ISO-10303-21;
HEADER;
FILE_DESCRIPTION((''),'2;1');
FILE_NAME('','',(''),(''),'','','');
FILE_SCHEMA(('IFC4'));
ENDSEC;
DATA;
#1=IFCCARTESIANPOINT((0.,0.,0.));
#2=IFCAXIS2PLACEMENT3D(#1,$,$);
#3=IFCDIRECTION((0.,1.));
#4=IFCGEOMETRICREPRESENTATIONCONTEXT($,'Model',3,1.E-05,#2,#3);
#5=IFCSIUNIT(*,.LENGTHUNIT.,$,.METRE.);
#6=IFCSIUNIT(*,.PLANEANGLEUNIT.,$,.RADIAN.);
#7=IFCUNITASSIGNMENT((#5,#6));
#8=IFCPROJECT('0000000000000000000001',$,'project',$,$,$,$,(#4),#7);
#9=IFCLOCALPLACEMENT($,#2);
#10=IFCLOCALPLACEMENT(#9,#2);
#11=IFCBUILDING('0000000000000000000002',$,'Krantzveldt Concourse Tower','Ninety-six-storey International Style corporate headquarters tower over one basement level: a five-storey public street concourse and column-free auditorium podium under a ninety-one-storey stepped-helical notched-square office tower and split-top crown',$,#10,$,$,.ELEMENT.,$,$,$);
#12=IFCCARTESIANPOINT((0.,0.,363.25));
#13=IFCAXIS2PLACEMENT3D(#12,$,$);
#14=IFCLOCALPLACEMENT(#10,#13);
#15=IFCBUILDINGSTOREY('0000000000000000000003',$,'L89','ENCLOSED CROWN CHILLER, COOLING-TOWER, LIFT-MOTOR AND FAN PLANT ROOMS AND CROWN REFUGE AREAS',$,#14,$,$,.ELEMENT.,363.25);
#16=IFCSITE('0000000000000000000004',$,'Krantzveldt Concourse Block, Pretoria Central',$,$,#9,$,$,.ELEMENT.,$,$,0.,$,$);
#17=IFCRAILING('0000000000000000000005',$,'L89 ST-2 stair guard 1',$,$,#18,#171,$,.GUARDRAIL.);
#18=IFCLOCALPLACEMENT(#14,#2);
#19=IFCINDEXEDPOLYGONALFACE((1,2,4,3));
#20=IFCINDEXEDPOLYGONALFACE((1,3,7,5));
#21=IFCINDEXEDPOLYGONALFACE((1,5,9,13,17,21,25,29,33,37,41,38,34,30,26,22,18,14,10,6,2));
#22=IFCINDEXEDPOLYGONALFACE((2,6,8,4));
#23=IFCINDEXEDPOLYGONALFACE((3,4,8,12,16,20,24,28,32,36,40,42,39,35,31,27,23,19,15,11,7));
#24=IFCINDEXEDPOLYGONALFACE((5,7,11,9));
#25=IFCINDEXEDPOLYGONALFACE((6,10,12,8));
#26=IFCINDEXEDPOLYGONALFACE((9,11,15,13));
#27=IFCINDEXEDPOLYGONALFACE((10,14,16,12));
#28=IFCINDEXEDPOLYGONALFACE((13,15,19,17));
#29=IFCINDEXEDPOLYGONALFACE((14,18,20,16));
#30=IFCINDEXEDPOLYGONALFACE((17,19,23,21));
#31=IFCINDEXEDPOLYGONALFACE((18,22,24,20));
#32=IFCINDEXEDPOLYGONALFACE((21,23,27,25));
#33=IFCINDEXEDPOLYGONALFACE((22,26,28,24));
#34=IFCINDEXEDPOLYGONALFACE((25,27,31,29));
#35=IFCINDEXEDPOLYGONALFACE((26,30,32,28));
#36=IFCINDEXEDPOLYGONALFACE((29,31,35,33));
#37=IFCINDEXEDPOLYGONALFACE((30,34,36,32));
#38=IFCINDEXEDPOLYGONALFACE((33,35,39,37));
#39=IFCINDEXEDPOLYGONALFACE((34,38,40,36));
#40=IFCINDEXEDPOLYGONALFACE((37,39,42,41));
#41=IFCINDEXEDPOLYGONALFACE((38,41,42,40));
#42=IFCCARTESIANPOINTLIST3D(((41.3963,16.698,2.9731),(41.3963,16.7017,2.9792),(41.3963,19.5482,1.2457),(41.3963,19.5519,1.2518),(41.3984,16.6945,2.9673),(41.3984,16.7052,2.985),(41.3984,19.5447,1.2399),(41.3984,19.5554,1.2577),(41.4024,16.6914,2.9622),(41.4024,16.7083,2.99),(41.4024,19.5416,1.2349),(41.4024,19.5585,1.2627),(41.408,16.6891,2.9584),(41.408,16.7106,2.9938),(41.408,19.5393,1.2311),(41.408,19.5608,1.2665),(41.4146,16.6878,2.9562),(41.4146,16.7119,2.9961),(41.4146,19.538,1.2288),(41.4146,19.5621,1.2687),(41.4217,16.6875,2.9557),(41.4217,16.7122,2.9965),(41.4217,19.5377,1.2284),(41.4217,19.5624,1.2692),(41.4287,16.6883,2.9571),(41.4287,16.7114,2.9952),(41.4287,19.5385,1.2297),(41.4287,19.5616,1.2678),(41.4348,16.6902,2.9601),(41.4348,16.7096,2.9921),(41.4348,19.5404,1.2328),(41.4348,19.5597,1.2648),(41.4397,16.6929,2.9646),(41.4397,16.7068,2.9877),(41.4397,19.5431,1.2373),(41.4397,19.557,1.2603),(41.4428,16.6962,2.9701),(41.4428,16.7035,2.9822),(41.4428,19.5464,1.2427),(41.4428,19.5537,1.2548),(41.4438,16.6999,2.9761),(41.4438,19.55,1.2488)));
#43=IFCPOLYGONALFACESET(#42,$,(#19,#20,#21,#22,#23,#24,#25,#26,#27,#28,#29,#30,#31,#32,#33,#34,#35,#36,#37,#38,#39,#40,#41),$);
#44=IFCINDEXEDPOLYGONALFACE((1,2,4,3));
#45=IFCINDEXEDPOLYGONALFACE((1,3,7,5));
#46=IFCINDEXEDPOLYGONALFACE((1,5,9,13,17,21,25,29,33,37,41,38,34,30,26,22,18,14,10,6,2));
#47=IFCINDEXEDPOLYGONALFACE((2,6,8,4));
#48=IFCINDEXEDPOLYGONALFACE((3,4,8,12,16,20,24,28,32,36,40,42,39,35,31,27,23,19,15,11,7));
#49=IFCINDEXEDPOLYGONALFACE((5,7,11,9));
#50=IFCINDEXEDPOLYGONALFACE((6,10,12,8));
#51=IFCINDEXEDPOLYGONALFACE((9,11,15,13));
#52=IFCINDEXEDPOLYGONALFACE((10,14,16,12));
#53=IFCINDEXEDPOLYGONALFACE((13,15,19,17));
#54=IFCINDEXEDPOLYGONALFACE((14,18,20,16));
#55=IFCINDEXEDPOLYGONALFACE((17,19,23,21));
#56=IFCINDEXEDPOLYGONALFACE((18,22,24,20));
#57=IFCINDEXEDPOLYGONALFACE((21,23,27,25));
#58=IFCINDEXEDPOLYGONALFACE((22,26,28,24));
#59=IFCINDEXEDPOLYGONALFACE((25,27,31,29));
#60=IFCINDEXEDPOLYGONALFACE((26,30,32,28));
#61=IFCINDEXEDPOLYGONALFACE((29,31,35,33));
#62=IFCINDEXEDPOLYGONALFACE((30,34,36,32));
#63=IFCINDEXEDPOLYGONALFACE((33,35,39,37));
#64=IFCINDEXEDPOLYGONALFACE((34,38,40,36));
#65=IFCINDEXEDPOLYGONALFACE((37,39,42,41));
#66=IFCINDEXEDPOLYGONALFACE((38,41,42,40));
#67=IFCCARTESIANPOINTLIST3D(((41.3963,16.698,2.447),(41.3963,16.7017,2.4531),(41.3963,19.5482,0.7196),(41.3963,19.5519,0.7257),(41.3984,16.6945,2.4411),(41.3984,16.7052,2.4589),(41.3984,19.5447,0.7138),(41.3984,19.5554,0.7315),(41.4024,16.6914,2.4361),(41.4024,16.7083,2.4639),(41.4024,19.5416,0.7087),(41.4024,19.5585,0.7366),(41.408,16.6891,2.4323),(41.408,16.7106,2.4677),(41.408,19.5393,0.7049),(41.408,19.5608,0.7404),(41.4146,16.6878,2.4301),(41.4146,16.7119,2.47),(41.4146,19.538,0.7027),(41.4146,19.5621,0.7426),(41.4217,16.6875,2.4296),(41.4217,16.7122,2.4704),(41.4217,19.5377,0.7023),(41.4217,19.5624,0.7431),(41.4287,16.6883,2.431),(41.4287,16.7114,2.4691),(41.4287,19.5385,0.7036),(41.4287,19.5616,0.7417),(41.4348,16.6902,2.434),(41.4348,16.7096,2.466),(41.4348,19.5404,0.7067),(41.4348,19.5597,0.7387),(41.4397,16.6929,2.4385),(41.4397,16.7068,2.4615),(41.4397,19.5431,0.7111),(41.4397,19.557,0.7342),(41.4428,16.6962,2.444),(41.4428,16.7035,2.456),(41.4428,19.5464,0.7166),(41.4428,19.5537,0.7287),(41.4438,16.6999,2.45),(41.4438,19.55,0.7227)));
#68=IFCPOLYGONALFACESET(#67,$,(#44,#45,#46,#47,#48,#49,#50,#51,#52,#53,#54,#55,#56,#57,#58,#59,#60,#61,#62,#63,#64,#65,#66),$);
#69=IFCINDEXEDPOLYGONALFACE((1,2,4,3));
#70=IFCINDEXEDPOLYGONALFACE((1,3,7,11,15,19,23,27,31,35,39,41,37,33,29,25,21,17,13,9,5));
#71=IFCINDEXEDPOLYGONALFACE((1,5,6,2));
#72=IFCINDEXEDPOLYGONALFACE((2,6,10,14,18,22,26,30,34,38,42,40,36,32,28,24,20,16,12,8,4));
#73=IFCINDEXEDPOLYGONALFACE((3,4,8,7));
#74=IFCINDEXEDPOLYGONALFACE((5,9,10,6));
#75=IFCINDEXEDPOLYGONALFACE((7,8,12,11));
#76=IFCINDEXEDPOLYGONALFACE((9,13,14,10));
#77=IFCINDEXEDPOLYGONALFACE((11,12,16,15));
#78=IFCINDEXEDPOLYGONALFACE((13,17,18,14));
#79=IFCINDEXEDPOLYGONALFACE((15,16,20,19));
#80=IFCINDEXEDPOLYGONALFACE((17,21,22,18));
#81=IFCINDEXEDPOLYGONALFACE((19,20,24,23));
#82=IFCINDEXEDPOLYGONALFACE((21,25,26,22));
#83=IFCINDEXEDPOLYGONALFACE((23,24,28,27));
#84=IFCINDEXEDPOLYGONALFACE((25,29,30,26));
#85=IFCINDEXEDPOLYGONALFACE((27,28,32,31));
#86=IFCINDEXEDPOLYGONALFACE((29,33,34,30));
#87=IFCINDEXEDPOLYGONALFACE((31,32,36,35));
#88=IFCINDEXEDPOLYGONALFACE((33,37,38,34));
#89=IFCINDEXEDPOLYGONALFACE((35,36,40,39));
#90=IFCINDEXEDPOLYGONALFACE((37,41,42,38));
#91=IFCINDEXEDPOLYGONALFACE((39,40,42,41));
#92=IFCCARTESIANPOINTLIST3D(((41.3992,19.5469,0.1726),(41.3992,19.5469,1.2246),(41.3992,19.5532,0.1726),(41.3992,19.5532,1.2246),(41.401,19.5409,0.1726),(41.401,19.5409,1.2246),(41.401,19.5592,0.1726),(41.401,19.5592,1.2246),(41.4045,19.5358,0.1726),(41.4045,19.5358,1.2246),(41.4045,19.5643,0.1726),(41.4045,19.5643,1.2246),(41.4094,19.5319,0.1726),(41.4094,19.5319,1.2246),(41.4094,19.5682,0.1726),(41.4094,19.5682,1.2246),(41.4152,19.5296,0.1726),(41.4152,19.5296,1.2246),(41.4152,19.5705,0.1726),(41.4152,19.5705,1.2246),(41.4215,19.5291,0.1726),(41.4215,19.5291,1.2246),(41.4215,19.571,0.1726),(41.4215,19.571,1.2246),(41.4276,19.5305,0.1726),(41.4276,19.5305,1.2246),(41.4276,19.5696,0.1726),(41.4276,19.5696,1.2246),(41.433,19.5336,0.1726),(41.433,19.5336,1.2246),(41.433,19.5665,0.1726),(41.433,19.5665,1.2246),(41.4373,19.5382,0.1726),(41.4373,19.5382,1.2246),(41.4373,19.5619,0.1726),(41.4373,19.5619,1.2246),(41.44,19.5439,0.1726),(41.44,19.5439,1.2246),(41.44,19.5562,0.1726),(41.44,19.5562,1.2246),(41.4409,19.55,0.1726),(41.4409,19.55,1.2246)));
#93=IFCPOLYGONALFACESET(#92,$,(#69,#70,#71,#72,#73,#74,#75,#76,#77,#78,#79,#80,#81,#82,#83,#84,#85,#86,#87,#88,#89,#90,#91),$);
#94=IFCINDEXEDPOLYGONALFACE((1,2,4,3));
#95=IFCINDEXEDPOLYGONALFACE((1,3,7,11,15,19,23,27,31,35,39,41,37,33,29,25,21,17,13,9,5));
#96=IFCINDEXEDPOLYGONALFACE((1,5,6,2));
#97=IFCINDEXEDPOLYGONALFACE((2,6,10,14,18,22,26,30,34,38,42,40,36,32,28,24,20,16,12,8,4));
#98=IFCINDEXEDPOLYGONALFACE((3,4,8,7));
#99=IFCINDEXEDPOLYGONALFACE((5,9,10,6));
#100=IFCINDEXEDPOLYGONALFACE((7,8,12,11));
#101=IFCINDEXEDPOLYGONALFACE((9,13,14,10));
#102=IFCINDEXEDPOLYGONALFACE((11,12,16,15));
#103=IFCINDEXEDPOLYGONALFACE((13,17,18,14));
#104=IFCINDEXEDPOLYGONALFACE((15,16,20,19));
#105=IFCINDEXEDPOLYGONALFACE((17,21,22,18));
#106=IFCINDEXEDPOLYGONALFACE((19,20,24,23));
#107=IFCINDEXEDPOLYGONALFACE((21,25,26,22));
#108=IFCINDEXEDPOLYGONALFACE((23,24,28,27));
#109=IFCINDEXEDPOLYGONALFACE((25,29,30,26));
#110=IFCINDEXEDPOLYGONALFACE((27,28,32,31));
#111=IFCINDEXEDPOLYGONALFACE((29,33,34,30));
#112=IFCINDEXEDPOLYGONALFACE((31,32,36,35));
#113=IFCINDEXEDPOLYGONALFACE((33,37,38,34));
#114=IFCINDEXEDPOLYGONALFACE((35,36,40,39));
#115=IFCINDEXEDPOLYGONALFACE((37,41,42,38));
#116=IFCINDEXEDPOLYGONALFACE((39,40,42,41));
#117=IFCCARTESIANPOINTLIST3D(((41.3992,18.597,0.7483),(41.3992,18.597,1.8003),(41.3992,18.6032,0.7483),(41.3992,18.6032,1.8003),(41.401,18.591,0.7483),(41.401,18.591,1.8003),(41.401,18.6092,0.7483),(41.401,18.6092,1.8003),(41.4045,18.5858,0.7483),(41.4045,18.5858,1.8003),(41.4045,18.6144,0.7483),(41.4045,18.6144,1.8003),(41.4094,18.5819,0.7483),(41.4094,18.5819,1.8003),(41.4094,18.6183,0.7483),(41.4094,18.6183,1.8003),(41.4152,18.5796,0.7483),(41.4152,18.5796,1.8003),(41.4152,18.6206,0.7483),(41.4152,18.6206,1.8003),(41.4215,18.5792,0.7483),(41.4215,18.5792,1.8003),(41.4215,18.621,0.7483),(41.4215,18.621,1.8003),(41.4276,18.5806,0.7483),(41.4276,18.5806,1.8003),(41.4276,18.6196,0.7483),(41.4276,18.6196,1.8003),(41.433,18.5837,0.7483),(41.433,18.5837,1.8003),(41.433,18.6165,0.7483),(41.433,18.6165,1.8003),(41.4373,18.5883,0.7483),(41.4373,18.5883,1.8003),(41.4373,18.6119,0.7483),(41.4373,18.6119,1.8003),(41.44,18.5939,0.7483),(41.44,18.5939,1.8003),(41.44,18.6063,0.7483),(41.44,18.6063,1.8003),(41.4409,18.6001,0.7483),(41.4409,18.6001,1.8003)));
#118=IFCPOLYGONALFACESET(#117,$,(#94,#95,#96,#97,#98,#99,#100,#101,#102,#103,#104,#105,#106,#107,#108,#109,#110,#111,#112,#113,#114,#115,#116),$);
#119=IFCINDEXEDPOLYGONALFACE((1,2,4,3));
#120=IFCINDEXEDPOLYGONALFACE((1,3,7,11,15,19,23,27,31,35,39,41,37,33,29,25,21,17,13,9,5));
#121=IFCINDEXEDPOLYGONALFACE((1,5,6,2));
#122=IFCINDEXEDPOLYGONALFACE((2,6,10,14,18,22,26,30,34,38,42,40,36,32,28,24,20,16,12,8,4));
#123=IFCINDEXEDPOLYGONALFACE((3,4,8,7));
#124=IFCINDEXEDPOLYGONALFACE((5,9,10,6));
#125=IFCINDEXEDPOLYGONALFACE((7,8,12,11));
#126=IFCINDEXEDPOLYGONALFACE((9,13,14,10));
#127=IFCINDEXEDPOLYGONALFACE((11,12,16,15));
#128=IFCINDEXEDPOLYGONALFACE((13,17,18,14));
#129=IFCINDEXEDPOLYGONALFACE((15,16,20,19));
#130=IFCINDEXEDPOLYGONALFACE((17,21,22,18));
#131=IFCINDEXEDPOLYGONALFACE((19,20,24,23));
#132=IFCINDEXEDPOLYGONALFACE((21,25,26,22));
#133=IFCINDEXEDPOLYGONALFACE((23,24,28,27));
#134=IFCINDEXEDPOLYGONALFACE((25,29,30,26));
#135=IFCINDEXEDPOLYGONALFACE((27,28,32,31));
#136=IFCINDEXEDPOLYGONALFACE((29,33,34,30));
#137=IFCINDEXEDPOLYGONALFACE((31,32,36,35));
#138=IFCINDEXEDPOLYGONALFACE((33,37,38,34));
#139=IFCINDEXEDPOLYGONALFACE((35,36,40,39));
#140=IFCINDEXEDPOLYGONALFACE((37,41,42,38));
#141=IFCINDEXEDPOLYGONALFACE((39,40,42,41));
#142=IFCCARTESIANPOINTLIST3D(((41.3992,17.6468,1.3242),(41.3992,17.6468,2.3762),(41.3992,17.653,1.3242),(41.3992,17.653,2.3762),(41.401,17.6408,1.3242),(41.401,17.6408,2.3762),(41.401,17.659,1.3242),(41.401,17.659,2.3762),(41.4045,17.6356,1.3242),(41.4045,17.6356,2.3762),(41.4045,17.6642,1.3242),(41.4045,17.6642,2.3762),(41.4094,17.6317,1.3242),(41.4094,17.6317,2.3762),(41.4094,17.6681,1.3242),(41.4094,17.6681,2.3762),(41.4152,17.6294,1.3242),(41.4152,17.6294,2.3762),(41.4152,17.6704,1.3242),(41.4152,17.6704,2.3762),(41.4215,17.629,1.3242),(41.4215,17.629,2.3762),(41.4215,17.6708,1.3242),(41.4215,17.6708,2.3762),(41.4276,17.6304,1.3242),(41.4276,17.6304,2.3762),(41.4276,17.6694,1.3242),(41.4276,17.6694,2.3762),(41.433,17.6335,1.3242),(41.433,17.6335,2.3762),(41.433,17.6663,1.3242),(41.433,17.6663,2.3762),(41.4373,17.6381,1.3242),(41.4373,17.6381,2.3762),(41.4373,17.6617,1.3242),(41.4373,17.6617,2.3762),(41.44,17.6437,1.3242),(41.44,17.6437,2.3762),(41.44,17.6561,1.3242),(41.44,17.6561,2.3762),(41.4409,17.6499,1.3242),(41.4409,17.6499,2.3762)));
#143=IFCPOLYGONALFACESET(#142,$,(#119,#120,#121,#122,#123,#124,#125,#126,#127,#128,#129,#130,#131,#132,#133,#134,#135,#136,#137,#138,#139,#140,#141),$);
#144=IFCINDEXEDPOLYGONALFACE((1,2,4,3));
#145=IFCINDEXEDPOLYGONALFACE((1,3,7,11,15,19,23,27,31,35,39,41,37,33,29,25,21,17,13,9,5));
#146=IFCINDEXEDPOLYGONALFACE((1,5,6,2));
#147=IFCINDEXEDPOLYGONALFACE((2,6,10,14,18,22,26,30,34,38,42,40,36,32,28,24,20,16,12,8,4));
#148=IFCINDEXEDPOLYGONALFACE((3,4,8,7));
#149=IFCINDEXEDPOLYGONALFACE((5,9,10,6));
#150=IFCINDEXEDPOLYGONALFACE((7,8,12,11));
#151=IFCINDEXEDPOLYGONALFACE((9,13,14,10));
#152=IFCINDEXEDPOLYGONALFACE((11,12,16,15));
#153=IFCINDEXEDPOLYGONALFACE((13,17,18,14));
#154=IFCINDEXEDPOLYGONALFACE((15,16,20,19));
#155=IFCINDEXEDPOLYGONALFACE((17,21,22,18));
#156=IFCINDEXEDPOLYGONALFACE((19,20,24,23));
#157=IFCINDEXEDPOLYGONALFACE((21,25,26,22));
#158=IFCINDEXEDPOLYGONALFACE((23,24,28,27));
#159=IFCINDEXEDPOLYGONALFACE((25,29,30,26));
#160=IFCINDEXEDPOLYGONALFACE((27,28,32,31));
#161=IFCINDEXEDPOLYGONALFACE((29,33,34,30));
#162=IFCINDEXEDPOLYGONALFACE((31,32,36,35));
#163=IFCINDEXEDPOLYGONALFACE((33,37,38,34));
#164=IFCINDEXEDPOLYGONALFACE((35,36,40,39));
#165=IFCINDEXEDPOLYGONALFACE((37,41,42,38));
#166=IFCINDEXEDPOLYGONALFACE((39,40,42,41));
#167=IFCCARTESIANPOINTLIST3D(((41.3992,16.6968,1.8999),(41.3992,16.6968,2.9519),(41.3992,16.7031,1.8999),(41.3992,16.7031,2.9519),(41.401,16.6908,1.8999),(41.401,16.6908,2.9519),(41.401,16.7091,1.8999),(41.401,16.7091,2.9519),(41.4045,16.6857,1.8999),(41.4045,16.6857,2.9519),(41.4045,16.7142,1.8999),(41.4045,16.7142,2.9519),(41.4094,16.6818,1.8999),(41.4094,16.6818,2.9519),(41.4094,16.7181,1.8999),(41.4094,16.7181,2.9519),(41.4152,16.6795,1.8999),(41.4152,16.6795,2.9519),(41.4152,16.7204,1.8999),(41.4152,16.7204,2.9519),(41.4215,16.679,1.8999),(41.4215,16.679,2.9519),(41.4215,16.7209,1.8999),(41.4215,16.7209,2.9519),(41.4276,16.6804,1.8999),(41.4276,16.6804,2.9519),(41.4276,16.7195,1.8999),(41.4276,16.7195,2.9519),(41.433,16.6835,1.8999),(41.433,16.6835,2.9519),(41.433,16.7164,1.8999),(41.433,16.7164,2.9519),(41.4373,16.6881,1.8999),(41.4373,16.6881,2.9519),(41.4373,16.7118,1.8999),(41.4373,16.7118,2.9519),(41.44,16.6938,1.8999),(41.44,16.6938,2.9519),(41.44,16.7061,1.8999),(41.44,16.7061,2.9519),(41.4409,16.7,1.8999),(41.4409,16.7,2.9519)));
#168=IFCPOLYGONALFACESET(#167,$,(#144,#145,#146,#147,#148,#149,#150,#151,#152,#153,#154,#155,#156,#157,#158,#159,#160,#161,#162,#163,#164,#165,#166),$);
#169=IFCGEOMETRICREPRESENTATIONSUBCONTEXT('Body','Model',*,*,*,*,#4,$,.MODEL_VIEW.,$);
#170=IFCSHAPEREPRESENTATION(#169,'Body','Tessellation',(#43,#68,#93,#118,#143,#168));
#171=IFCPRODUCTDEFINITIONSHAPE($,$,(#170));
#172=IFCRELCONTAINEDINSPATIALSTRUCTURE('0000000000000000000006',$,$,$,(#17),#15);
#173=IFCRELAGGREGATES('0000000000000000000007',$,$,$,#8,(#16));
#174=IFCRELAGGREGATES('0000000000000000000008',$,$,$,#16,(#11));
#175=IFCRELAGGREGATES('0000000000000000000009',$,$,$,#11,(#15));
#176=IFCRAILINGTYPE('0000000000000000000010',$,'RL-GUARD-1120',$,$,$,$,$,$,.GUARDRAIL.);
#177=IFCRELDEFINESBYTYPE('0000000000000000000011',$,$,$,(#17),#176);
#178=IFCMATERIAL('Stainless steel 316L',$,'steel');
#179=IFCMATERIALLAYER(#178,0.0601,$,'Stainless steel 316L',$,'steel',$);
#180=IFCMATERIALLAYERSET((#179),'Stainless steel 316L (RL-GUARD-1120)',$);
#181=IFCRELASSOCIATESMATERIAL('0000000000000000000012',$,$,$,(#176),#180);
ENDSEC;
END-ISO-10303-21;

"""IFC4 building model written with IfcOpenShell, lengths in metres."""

from ifc_helpers import new_model, si_unit, direction, frame, origin, origin_2d, place, context, subcontext, project, spatial, circle, extrude, material, layer, layer_set, type_object, element, save


model = new_model("IFC4")

# Units and contexts
model_context = context("Model", 3, precision=1e-05, world=origin(), true_north=direction((0.0, 1.0)))
body_context = subcontext(model_context, "Body", "Model", "MODEL_VIEW")
ifc_project = project(units=[si_unit("LENGTHUNIT", "METRE"), si_unit("PLANEANGLEUNIT", "RADIAN")], contexts=[model_context])

# Site, building, storey
site_placement = place(None, origin())
site = spatial("IfcSite", under=ifc_project, at=site_placement, Name="Krantzveldt Concourse Block, Pretoria Central", CompositionType="ELEMENT", RefElevation=0.0)
building_placement = place(site_placement, origin())
building = spatial("IfcBuilding", under=site, at=building_placement, Name="Krantzveldt Concourse Tower", Description="Ninety-six-storey International Style corporate headquarters tower over one basement level: a five-storey public street concourse and column-free auditorium podium under a ninety-one-storey stepped-helical notched-square office tower and split-top crown", CompositionType="ELEMENT")
storey_placement = place(building_placement, frame((0.0, 0.0, 363.25)))
storey = spatial("IfcBuildingStorey", under=building, at=storey_placement, Name="L89", Description="ENCLOSED CROWN CHILLER, COOLING-TOWER, LIFT-MOTOR AND FAN PLANT ROOMS AND CROWN REFUGE AREAS", CompositionType="ELEMENT", Elevation=363.25)

# Shared definitions
ifc_material_1 = material(Name="Stainless steel 316L", Category="steel")

# Railing
ifc_layer_1 = layer(ifc_material_1, 0.0601, Name="Stainless steel 316L", Category="steel")
ifc_layer_set_1 = layer_set([ifc_layer_1], Name="Stainless steel 316L (RL-GUARD-1120)")
railing_type_1 = type_object("IfcRailingType", Name="RL-GUARD-1120", PredefinedType="GUARDRAIL", material=ifc_layer_set_1)
railing_1_placement = place(storey_placement, frame((41.4199, 19.55, 0.1726)))
element("IfcRailing", 1, at=railing_1_placement, inside=storey, type_object=railing_type_1, Name="L89 ST-2 stair guard 1", PredefinedType="GUARDRAIL", context=body_context, shape_type="SweptSolid", body=[
    extrude(circle(Radius=0.0239, at=origin_2d()), frame((0.0, 0.0, 1.0762), z_axis=(0.0, -0.855203, 0.518294), x_axis=(1.0, 0.0, 0.0)), (0.0, 0.0, 1.0), 3.3328),
    extrude(circle(Radius=0.0239, at=origin_2d()), frame((0.0, 0.0, 0.55), z_axis=(0.0, -0.855203, 0.518294), x_axis=(1.0, 0.0, 0.0)), (0.0, 0.0, 1.0), 3.3328),
    extrude(circle(Radius=0.021, at=origin_2d()), origin(), (0.0, 0.0, 1.0), 1.052),
    extrude(circle(Radius=0.021, at=origin_2d()), frame((0.0, -0.95, 0.5757)), (0.0, 0.0, 1.0), 1.052),
    extrude(circle(Radius=0.021, at=origin_2d()), frame((0.0, -1.9001, 1.1516)), (0.0, 0.0, 1.0), 1.052),
    extrude(circle(Radius=0.021, at=origin_2d()), frame((0.0, -2.8501, 1.7273)), (0.0, 0.0, 1.0), 1.052),
])

save(model, "model.ifc")
